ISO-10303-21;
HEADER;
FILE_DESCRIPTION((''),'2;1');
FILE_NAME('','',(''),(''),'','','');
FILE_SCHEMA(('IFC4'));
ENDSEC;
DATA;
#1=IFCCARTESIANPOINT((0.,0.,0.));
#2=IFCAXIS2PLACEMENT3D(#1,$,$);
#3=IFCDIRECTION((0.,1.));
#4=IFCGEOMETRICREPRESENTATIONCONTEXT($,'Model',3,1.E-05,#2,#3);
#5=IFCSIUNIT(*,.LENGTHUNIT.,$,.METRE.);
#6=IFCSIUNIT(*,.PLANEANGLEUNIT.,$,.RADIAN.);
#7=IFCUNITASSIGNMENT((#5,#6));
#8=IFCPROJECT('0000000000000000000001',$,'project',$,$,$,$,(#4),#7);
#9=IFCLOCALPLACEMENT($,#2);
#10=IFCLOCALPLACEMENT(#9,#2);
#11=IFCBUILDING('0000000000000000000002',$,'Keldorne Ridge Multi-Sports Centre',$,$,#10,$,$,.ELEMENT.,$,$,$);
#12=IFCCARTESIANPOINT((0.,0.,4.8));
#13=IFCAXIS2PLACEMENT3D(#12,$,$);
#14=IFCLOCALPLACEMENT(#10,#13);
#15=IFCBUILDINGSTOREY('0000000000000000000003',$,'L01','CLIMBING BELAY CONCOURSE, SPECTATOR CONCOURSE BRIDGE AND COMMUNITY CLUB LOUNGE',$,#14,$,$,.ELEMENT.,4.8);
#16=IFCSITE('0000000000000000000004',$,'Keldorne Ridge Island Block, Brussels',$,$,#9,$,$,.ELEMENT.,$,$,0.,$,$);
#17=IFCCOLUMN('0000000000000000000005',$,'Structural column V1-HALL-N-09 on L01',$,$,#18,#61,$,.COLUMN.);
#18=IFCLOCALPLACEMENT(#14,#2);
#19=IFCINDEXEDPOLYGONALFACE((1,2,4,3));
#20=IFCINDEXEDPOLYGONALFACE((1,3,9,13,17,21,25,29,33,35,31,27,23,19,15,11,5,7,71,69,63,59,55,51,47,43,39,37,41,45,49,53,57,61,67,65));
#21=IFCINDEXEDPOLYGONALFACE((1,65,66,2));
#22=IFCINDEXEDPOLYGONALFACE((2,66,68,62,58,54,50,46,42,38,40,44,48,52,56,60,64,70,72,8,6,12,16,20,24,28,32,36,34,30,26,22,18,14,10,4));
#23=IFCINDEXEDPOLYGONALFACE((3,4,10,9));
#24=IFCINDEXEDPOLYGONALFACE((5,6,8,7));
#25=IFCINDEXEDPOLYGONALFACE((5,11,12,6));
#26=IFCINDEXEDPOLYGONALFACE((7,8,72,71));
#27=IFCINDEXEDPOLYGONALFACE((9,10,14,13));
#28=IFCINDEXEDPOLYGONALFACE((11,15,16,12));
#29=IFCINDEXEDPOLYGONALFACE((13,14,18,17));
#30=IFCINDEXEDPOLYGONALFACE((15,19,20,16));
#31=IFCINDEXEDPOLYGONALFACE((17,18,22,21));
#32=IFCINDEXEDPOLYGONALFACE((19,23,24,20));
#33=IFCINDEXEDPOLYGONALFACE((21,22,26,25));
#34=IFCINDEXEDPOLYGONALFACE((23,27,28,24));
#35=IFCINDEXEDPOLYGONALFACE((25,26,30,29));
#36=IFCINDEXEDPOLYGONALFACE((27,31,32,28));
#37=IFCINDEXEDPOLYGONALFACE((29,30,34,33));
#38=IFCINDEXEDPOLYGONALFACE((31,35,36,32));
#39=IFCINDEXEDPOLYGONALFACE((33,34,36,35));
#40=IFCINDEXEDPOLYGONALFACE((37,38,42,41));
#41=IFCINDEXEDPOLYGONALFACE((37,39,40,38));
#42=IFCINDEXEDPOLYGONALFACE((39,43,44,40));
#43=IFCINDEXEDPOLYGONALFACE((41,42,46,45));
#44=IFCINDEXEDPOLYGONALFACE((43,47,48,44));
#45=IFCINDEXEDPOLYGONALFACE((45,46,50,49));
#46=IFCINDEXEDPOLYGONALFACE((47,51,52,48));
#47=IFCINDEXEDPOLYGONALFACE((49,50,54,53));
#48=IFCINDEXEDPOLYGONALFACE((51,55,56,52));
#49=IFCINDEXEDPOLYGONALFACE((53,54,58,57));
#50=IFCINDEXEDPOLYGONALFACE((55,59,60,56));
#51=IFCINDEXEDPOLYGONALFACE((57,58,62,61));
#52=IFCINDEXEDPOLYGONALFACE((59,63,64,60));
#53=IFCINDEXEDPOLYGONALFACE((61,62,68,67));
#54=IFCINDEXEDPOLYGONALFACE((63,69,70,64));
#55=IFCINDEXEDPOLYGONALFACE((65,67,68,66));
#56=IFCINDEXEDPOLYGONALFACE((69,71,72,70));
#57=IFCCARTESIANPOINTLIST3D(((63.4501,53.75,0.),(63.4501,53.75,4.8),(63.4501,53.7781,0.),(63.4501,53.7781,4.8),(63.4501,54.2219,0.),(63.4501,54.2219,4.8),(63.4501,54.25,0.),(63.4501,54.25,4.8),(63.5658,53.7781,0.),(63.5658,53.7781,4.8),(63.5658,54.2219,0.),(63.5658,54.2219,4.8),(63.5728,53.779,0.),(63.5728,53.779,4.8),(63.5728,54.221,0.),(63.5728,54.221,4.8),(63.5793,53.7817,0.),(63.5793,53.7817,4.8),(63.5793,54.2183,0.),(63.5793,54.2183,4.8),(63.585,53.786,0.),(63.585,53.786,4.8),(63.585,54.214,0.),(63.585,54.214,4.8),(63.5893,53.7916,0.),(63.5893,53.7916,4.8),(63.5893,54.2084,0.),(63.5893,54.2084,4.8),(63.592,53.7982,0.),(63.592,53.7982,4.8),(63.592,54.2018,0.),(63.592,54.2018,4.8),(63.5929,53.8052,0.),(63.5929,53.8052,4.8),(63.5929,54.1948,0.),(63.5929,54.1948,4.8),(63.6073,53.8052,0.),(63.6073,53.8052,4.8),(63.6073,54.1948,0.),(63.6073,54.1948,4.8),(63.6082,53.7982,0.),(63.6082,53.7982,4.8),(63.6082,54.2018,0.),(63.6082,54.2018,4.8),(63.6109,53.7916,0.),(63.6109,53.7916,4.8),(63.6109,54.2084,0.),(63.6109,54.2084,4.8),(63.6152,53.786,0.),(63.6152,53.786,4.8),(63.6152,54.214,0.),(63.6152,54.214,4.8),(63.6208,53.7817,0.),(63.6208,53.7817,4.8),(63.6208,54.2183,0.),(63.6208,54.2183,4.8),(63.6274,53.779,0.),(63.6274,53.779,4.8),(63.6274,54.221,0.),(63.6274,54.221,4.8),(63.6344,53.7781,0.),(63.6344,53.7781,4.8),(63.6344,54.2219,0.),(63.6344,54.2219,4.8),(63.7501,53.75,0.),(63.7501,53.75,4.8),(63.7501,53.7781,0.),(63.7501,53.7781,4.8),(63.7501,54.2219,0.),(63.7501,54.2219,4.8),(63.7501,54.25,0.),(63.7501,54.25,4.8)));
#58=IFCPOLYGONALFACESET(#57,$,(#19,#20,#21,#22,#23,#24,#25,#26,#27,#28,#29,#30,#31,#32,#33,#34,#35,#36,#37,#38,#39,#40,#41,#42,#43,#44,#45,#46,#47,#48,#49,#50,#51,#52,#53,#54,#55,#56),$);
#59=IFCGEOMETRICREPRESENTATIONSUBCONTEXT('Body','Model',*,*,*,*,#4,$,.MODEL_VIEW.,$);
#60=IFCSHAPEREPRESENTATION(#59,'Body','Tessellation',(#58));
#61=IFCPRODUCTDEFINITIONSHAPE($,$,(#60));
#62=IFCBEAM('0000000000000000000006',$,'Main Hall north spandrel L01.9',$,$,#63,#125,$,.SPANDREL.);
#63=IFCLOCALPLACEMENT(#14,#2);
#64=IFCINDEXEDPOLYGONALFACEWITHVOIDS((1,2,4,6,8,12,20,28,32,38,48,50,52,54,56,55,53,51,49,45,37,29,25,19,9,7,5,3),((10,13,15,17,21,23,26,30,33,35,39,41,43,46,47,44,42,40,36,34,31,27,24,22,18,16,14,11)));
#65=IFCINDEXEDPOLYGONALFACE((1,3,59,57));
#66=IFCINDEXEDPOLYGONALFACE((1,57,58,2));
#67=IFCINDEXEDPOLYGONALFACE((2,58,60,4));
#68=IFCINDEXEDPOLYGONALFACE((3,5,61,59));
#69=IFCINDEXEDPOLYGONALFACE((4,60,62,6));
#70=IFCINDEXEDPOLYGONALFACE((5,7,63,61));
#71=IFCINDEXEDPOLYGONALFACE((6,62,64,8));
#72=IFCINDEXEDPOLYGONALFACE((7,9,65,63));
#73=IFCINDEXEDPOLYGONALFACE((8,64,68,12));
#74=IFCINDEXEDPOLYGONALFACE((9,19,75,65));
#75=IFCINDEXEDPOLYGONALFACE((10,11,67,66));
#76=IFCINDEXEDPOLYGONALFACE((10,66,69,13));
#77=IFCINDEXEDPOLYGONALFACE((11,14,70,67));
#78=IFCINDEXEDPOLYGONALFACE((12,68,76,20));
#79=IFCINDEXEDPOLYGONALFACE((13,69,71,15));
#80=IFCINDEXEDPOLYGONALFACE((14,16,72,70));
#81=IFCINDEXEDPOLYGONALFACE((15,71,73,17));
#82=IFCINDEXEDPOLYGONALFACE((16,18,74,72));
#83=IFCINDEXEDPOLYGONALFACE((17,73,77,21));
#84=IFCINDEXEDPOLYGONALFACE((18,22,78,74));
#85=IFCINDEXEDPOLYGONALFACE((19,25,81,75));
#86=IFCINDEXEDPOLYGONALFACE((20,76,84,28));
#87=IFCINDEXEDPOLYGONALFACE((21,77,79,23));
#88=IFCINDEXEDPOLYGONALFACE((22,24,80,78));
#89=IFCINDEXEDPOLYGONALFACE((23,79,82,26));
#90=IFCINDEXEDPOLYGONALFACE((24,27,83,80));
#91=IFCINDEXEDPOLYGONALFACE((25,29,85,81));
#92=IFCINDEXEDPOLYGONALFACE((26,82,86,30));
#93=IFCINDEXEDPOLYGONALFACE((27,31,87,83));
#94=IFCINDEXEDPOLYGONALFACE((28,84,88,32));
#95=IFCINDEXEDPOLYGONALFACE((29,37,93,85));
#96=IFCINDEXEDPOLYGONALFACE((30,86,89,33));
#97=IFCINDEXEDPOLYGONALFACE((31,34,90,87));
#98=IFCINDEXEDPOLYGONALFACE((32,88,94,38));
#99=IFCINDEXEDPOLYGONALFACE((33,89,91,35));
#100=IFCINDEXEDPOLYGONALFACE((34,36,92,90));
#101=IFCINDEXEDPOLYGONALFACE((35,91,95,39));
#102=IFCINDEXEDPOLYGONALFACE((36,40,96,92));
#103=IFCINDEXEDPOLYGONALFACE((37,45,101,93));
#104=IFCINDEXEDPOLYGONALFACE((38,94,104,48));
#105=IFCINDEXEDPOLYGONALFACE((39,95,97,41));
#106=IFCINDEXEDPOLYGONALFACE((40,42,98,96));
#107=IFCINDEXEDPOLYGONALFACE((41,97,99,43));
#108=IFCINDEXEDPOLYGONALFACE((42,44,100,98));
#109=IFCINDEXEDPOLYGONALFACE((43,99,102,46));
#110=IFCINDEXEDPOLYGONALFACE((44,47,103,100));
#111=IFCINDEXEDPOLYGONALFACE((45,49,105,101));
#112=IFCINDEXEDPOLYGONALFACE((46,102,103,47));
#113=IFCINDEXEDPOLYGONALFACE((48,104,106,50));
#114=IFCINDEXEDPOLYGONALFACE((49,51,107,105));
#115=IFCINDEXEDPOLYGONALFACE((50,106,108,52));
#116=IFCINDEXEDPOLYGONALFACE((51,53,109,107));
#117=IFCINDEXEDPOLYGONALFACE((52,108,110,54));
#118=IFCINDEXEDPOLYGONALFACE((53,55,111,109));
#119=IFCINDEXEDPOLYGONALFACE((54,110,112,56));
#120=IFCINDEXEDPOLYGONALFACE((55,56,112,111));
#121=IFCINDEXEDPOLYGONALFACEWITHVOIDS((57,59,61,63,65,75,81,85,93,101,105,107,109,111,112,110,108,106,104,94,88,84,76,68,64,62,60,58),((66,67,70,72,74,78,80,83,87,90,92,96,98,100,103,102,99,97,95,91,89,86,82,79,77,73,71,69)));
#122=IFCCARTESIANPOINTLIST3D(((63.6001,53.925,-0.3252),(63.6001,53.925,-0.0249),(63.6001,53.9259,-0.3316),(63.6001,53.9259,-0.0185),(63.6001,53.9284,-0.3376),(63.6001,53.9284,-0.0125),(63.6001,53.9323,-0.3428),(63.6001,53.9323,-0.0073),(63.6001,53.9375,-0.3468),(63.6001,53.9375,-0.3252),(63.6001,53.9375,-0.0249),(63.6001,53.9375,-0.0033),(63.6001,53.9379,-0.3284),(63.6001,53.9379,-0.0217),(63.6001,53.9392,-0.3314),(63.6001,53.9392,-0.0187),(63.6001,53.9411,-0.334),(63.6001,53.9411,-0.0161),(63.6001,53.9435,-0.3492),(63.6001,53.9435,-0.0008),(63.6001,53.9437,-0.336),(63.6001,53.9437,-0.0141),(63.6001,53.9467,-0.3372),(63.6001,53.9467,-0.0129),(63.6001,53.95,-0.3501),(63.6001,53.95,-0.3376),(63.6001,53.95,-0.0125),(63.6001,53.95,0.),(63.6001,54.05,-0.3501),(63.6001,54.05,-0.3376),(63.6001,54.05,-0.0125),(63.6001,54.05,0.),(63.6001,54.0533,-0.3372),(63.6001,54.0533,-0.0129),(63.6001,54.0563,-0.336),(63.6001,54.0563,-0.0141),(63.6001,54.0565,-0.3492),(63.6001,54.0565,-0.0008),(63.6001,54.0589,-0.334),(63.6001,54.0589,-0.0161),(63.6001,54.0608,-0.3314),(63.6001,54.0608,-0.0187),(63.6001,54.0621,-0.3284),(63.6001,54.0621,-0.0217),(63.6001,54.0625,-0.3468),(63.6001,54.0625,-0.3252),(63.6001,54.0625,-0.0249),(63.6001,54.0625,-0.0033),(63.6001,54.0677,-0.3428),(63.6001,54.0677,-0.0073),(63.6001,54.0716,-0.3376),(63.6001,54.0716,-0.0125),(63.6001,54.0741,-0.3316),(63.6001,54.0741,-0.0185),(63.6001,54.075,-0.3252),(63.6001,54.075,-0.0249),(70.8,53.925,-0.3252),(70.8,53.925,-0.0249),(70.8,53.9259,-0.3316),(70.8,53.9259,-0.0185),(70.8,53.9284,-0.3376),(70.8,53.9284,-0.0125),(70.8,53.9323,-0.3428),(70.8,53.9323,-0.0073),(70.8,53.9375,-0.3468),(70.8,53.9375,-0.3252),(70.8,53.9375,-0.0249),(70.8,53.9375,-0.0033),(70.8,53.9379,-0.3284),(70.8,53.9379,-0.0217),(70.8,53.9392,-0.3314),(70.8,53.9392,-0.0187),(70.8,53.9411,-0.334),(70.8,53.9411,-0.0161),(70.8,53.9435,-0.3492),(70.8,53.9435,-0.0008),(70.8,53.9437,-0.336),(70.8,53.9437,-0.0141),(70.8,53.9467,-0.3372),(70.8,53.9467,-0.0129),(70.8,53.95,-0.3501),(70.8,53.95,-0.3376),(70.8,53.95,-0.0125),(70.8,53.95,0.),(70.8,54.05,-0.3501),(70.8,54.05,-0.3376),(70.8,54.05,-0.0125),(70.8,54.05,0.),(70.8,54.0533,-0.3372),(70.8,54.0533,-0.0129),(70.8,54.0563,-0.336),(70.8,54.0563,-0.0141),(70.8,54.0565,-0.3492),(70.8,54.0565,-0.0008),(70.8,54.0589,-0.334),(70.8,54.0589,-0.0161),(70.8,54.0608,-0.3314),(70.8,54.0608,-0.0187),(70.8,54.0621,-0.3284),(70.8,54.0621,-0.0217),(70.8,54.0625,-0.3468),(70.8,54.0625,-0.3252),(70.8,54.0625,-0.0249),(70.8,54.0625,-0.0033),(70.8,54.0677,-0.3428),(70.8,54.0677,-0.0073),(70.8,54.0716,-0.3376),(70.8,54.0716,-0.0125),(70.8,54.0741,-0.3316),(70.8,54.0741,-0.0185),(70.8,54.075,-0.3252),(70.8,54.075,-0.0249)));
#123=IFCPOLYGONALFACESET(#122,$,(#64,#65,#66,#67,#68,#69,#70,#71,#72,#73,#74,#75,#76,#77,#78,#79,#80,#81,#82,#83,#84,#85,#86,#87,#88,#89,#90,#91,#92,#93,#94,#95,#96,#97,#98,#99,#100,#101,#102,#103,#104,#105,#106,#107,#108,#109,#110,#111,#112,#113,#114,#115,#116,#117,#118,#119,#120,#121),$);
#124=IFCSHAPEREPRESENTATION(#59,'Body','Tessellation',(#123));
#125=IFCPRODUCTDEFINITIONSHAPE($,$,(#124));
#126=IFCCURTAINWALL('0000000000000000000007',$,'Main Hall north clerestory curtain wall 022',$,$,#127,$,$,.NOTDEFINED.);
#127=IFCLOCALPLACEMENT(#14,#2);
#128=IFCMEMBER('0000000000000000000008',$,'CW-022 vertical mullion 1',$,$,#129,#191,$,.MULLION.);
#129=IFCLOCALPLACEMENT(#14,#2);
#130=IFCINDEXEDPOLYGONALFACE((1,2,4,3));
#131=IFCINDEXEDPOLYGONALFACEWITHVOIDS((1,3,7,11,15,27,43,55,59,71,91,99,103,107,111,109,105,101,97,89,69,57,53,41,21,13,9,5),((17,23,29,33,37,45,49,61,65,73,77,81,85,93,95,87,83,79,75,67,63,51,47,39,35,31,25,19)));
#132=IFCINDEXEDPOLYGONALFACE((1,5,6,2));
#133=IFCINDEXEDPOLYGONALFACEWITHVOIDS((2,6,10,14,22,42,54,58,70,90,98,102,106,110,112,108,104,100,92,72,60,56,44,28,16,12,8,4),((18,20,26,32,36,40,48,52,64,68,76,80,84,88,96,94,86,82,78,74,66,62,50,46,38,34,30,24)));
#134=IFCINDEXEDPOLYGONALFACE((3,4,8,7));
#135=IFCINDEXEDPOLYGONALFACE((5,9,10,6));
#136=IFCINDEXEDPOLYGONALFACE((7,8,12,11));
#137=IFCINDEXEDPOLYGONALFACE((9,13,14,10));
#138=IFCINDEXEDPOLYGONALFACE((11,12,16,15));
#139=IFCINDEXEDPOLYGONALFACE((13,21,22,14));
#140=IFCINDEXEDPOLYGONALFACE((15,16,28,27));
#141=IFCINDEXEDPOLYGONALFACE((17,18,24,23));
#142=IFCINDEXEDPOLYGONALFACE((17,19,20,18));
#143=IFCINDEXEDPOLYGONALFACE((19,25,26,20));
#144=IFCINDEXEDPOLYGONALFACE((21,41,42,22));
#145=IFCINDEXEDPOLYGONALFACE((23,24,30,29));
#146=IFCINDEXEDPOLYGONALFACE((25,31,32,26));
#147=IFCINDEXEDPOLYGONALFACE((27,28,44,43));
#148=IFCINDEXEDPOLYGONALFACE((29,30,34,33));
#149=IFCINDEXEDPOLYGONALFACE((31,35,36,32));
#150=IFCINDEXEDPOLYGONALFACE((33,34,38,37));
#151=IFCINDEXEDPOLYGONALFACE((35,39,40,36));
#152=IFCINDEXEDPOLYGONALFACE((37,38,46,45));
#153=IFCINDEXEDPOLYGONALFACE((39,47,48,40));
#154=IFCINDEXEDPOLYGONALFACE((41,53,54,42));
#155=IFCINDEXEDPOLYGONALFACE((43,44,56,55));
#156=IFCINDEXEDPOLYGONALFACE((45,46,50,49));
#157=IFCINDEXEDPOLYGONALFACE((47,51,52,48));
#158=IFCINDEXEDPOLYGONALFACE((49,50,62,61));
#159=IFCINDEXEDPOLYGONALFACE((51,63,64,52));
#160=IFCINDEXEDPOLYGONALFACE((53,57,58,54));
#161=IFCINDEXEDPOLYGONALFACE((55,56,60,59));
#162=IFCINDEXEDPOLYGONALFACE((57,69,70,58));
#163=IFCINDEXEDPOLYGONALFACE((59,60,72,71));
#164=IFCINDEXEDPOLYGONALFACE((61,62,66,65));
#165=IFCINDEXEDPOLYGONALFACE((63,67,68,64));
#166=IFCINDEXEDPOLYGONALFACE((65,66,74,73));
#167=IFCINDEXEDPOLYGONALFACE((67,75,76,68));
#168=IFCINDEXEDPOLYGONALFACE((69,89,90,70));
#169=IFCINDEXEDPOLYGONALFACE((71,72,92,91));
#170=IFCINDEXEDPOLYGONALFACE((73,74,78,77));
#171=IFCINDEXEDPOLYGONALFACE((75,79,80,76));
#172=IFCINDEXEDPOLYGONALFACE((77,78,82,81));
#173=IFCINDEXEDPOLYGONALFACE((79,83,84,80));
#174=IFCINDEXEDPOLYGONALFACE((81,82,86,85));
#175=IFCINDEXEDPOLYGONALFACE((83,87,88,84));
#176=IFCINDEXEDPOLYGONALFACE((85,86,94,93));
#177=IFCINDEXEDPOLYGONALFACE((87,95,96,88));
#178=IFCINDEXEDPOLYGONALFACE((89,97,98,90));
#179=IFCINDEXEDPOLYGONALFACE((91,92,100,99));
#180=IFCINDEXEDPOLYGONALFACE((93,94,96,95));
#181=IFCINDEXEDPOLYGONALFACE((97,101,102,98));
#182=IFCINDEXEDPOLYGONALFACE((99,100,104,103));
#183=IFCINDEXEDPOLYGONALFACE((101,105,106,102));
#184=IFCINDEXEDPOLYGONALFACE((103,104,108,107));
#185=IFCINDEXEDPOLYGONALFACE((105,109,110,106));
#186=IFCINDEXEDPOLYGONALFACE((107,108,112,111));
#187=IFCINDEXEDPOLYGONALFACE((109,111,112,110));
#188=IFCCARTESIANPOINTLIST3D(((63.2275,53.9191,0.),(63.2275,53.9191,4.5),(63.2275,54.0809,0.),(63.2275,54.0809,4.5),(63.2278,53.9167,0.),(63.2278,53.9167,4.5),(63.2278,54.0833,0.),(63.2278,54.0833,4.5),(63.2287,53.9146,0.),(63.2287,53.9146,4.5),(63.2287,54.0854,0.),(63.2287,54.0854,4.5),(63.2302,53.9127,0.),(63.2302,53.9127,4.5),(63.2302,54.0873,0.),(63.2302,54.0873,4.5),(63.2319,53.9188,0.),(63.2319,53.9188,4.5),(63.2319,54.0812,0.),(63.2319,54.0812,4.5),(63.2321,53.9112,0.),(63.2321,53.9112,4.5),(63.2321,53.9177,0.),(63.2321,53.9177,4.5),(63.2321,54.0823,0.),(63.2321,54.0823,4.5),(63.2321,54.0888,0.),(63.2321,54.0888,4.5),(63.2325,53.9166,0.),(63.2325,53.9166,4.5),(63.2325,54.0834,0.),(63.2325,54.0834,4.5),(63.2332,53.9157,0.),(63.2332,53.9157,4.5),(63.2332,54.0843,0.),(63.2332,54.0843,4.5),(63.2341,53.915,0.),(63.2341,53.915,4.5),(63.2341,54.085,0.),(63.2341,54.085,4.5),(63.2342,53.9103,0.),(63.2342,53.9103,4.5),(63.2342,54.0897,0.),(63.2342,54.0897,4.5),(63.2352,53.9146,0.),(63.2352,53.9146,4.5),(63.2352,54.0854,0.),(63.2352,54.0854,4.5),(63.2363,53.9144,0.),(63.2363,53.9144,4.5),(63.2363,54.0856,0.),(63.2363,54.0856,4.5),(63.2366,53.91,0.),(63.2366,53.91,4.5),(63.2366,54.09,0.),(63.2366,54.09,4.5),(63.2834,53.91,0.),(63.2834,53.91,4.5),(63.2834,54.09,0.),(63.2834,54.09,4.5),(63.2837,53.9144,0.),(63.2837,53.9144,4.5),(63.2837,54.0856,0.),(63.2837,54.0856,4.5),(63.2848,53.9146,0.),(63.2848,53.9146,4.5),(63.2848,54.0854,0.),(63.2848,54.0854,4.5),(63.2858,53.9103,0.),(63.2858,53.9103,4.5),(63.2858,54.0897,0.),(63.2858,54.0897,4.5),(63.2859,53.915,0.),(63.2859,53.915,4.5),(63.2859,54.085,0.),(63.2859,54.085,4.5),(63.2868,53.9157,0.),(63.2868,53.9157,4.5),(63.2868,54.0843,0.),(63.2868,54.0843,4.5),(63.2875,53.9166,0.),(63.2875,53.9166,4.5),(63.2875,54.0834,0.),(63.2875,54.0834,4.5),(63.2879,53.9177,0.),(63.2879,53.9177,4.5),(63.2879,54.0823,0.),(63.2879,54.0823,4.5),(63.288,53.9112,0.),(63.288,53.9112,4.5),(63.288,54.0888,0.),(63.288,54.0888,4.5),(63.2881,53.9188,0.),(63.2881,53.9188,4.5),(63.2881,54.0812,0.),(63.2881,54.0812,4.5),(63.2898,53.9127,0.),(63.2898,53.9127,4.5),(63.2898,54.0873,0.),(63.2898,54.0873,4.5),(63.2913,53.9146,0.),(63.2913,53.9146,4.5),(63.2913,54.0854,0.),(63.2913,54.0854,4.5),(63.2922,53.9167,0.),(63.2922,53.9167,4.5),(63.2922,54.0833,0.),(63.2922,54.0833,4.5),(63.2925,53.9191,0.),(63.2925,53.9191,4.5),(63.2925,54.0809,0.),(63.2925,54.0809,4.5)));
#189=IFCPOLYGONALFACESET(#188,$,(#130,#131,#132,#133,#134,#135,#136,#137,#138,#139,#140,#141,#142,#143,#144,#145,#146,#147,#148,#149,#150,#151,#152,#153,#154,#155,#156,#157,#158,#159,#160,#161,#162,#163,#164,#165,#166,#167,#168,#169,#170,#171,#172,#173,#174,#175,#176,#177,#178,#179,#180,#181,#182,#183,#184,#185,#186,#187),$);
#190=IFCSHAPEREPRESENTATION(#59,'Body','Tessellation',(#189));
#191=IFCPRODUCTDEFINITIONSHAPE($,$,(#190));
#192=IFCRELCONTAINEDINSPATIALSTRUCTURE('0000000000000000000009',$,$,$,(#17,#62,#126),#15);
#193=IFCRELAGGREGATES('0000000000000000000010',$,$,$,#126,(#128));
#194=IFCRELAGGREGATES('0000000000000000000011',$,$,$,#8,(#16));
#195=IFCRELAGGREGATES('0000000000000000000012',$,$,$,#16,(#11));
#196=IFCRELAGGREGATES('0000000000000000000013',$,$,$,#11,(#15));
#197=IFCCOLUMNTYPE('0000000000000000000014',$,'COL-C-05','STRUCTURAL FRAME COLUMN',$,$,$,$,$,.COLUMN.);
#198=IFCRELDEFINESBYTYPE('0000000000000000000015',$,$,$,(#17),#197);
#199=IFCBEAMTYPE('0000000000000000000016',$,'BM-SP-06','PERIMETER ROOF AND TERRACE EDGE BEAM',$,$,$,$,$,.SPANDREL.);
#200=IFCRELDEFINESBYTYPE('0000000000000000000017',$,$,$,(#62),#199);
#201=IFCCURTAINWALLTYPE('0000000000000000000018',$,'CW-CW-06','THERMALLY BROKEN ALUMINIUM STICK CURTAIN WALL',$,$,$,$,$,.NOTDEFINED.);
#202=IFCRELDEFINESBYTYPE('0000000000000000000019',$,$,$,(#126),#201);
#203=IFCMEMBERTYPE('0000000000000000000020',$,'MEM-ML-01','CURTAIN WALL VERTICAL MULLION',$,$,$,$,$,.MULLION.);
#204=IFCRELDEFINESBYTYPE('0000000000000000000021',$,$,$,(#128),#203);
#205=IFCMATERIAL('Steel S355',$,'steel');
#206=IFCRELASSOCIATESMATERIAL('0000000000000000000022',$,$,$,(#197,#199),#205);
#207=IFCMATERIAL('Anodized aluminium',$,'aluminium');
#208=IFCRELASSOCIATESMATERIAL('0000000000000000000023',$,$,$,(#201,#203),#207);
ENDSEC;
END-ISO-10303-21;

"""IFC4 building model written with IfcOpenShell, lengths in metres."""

from ifc_helpers import new_model, si_unit, direction, frame, origin, origin_2d, place, context, subcontext, project, spatial, hollow_rectangle, i_section, extrude, material, material_profile, profile_set, type_object, element, aggregate, save


model = new_model("IFC4")

# Units and contexts
model_context = context("Model", 3, precision=1e-05, world=origin(), true_north=direction((0.0, 1.0)))
body_context = subcontext(model_context, "Body", "Model", "MODEL_VIEW")
ifc_project = project(units=[si_unit("LENGTHUNIT", "METRE"), si_unit("PLANEANGLEUNIT", "RADIAN")], contexts=[model_context])

# Site, building, storey
site_placement = place(None, origin())
site = spatial("IfcSite", under=ifc_project, at=site_placement, Name="Keldorne Ridge Island Block, Brussels", CompositionType="ELEMENT", RefElevation=0.0)
building_placement = place(site_placement, origin())
building = spatial("IfcBuilding", under=site, at=building_placement, Name="Keldorne Ridge Multi-Sports Centre", CompositionType="ELEMENT")
storey_placement = place(building_placement, frame((0.0, 0.0, 4.8)))
storey = spatial("IfcBuildingStorey", under=building, at=storey_placement, Name="L01", Description="CLIMBING BELAY CONCOURSE, SPECTATOR CONCOURSE BRIDGE AND COMMUNITY CLUB LOUNGE", CompositionType="ELEMENT", Elevation=4.8)

# Column
ifc_material_1 = material(Name="Steel S355", Category="steel")
ifc_material_profile_1 = material_profile(ifc_material_1, i_section(OverallWidth=0.3, OverallDepth=0.5, WebThickness=0.0144, FlangeThickness=0.0281, FilletRadius=0.0271, at=origin_2d()), Name="HEB 500")
ifc_profile_set_1 = profile_set([ifc_material_profile_1], Name="Steel S355")
column_type = type_object("IfcColumnType", Name="COL-C-05", Description="STRUCTURAL FRAME COLUMN", PredefinedType="COLUMN", material=ifc_profile_set_1)
column_placement = place(storey_placement, frame((63.6001, 54.0, 0.0), z_axis=(0.0, 0.0, 1.0), x_axis=(1.0, 0.0, 0.0)))
element("IfcColumn", 1, at=column_placement, inside=storey, type_object=column_type, Name="Structural column V1-HALL-N-09 on L01", PredefinedType="COLUMN", context=body_context, shape_type="SweptSolid", body=[
    extrude(i_section(OverallWidth=0.3, OverallDepth=0.5, WebThickness=0.0144, FlangeThickness=0.0281, FilletRadius=0.0271, at=origin_2d()), origin(), (0.0, 0.0, 1.0), 4.8),
])

# Beam
ifc_material_profile_2 = material_profile(ifc_material_1, hollow_rectangle(XDim=0.1499, YDim=0.3501, WallThickness=0.0125, InnerFilletRadius=0.0125, OuterFilletRadius=0.0249, at=origin_2d()), Name="RHS 350x150x12.5")
ifc_profile_set_2 = profile_set([ifc_material_profile_2], Name="Steel S355")
beam_type = type_object("IfcBeamType", Name="BM-SP-06", Description="PERIMETER ROOF AND TERRACE EDGE BEAM", PredefinedType="SPANDREL", material=ifc_profile_set_2)
beam_placement = place(storey_placement, frame((63.6001, 54.0, -0.175), z_axis=(1.0, 0.0, 0.0), x_axis=(0.0, 1.0, 0.0)))
element("IfcBeam", 2, at=beam_placement, inside=storey, type_object=beam_type, Name="Main Hall north spandrel L01.9", PredefinedType="SPANDREL", context=body_context, shape_type="SweptSolid", body=[
    extrude(hollow_rectangle(XDim=0.1499, YDim=0.3501, WallThickness=0.0125, InnerFilletRadius=0.0125, OuterFilletRadius=0.0249, at=origin_2d()), origin(), (0.0, 0.0, 1.0), 7.2),
])

# Curtain wall, member
ifc_material_2 = material(Name="Anodized aluminium", Category="aluminium")
curtain_wall_type_1 = type_object("IfcCurtainWallType", Name="CW-CW-06", Description="THERMALLY BROKEN ALUMINIUM STICK CURTAIN WALL", PredefinedType="NOTDEFINED", material=ifc_material_2)
curtain_wall_1_placement = place(storey_placement, origin())
curtain_wall_1 = element("IfcCurtainWall", 3, at=curtain_wall_1_placement, inside=storey, type_object=curtain_wall_type_1, Name="Main Hall north clerestory curtain wall 022", PredefinedType="NOTDEFINED")
ifc_material_profile_3 = material_profile(ifc_material_2, hollow_rectangle(XDim=0.0649, YDim=0.1799, WallThickness=0.0044, InnerFilletRadius=0.0044, OuterFilletRadius=0.009, at=origin_2d()), Name="ALU MULLION 180x65x4.5")
ifc_profile_set_3 = profile_set([ifc_material_profile_3], Name="Anodized aluminium")
member_type_1 = type_object("IfcMemberType", Name="MEM-ML-01", Description="CURTAIN WALL VERTICAL MULLION", PredefinedType="MULLION", material=ifc_profile_set_3)
member_1_placement = place(storey_placement, frame((63.26, 54.0, 0.0), z_axis=(0.0, 0.0, 1.0), x_axis=(1.0, 0.0, 0.0)))
member_1 = element("IfcMember", 4, at=member_1_placement, type_object=member_type_1, Name="CW-022 vertical mullion 1", PredefinedType="MULLION", context=body_context, shape_type="SweptSolid", body=[
    extrude(hollow_rectangle(XDim=0.0649, YDim=0.1799, WallThickness=0.0044, InnerFilletRadius=0.0044, OuterFilletRadius=0.009, at=origin_2d()), origin(), (0.0, 0.0, 1.0), 4.5),
])

aggregate(curtain_wall_1, [member_1])

save(model, "model.ifc")
